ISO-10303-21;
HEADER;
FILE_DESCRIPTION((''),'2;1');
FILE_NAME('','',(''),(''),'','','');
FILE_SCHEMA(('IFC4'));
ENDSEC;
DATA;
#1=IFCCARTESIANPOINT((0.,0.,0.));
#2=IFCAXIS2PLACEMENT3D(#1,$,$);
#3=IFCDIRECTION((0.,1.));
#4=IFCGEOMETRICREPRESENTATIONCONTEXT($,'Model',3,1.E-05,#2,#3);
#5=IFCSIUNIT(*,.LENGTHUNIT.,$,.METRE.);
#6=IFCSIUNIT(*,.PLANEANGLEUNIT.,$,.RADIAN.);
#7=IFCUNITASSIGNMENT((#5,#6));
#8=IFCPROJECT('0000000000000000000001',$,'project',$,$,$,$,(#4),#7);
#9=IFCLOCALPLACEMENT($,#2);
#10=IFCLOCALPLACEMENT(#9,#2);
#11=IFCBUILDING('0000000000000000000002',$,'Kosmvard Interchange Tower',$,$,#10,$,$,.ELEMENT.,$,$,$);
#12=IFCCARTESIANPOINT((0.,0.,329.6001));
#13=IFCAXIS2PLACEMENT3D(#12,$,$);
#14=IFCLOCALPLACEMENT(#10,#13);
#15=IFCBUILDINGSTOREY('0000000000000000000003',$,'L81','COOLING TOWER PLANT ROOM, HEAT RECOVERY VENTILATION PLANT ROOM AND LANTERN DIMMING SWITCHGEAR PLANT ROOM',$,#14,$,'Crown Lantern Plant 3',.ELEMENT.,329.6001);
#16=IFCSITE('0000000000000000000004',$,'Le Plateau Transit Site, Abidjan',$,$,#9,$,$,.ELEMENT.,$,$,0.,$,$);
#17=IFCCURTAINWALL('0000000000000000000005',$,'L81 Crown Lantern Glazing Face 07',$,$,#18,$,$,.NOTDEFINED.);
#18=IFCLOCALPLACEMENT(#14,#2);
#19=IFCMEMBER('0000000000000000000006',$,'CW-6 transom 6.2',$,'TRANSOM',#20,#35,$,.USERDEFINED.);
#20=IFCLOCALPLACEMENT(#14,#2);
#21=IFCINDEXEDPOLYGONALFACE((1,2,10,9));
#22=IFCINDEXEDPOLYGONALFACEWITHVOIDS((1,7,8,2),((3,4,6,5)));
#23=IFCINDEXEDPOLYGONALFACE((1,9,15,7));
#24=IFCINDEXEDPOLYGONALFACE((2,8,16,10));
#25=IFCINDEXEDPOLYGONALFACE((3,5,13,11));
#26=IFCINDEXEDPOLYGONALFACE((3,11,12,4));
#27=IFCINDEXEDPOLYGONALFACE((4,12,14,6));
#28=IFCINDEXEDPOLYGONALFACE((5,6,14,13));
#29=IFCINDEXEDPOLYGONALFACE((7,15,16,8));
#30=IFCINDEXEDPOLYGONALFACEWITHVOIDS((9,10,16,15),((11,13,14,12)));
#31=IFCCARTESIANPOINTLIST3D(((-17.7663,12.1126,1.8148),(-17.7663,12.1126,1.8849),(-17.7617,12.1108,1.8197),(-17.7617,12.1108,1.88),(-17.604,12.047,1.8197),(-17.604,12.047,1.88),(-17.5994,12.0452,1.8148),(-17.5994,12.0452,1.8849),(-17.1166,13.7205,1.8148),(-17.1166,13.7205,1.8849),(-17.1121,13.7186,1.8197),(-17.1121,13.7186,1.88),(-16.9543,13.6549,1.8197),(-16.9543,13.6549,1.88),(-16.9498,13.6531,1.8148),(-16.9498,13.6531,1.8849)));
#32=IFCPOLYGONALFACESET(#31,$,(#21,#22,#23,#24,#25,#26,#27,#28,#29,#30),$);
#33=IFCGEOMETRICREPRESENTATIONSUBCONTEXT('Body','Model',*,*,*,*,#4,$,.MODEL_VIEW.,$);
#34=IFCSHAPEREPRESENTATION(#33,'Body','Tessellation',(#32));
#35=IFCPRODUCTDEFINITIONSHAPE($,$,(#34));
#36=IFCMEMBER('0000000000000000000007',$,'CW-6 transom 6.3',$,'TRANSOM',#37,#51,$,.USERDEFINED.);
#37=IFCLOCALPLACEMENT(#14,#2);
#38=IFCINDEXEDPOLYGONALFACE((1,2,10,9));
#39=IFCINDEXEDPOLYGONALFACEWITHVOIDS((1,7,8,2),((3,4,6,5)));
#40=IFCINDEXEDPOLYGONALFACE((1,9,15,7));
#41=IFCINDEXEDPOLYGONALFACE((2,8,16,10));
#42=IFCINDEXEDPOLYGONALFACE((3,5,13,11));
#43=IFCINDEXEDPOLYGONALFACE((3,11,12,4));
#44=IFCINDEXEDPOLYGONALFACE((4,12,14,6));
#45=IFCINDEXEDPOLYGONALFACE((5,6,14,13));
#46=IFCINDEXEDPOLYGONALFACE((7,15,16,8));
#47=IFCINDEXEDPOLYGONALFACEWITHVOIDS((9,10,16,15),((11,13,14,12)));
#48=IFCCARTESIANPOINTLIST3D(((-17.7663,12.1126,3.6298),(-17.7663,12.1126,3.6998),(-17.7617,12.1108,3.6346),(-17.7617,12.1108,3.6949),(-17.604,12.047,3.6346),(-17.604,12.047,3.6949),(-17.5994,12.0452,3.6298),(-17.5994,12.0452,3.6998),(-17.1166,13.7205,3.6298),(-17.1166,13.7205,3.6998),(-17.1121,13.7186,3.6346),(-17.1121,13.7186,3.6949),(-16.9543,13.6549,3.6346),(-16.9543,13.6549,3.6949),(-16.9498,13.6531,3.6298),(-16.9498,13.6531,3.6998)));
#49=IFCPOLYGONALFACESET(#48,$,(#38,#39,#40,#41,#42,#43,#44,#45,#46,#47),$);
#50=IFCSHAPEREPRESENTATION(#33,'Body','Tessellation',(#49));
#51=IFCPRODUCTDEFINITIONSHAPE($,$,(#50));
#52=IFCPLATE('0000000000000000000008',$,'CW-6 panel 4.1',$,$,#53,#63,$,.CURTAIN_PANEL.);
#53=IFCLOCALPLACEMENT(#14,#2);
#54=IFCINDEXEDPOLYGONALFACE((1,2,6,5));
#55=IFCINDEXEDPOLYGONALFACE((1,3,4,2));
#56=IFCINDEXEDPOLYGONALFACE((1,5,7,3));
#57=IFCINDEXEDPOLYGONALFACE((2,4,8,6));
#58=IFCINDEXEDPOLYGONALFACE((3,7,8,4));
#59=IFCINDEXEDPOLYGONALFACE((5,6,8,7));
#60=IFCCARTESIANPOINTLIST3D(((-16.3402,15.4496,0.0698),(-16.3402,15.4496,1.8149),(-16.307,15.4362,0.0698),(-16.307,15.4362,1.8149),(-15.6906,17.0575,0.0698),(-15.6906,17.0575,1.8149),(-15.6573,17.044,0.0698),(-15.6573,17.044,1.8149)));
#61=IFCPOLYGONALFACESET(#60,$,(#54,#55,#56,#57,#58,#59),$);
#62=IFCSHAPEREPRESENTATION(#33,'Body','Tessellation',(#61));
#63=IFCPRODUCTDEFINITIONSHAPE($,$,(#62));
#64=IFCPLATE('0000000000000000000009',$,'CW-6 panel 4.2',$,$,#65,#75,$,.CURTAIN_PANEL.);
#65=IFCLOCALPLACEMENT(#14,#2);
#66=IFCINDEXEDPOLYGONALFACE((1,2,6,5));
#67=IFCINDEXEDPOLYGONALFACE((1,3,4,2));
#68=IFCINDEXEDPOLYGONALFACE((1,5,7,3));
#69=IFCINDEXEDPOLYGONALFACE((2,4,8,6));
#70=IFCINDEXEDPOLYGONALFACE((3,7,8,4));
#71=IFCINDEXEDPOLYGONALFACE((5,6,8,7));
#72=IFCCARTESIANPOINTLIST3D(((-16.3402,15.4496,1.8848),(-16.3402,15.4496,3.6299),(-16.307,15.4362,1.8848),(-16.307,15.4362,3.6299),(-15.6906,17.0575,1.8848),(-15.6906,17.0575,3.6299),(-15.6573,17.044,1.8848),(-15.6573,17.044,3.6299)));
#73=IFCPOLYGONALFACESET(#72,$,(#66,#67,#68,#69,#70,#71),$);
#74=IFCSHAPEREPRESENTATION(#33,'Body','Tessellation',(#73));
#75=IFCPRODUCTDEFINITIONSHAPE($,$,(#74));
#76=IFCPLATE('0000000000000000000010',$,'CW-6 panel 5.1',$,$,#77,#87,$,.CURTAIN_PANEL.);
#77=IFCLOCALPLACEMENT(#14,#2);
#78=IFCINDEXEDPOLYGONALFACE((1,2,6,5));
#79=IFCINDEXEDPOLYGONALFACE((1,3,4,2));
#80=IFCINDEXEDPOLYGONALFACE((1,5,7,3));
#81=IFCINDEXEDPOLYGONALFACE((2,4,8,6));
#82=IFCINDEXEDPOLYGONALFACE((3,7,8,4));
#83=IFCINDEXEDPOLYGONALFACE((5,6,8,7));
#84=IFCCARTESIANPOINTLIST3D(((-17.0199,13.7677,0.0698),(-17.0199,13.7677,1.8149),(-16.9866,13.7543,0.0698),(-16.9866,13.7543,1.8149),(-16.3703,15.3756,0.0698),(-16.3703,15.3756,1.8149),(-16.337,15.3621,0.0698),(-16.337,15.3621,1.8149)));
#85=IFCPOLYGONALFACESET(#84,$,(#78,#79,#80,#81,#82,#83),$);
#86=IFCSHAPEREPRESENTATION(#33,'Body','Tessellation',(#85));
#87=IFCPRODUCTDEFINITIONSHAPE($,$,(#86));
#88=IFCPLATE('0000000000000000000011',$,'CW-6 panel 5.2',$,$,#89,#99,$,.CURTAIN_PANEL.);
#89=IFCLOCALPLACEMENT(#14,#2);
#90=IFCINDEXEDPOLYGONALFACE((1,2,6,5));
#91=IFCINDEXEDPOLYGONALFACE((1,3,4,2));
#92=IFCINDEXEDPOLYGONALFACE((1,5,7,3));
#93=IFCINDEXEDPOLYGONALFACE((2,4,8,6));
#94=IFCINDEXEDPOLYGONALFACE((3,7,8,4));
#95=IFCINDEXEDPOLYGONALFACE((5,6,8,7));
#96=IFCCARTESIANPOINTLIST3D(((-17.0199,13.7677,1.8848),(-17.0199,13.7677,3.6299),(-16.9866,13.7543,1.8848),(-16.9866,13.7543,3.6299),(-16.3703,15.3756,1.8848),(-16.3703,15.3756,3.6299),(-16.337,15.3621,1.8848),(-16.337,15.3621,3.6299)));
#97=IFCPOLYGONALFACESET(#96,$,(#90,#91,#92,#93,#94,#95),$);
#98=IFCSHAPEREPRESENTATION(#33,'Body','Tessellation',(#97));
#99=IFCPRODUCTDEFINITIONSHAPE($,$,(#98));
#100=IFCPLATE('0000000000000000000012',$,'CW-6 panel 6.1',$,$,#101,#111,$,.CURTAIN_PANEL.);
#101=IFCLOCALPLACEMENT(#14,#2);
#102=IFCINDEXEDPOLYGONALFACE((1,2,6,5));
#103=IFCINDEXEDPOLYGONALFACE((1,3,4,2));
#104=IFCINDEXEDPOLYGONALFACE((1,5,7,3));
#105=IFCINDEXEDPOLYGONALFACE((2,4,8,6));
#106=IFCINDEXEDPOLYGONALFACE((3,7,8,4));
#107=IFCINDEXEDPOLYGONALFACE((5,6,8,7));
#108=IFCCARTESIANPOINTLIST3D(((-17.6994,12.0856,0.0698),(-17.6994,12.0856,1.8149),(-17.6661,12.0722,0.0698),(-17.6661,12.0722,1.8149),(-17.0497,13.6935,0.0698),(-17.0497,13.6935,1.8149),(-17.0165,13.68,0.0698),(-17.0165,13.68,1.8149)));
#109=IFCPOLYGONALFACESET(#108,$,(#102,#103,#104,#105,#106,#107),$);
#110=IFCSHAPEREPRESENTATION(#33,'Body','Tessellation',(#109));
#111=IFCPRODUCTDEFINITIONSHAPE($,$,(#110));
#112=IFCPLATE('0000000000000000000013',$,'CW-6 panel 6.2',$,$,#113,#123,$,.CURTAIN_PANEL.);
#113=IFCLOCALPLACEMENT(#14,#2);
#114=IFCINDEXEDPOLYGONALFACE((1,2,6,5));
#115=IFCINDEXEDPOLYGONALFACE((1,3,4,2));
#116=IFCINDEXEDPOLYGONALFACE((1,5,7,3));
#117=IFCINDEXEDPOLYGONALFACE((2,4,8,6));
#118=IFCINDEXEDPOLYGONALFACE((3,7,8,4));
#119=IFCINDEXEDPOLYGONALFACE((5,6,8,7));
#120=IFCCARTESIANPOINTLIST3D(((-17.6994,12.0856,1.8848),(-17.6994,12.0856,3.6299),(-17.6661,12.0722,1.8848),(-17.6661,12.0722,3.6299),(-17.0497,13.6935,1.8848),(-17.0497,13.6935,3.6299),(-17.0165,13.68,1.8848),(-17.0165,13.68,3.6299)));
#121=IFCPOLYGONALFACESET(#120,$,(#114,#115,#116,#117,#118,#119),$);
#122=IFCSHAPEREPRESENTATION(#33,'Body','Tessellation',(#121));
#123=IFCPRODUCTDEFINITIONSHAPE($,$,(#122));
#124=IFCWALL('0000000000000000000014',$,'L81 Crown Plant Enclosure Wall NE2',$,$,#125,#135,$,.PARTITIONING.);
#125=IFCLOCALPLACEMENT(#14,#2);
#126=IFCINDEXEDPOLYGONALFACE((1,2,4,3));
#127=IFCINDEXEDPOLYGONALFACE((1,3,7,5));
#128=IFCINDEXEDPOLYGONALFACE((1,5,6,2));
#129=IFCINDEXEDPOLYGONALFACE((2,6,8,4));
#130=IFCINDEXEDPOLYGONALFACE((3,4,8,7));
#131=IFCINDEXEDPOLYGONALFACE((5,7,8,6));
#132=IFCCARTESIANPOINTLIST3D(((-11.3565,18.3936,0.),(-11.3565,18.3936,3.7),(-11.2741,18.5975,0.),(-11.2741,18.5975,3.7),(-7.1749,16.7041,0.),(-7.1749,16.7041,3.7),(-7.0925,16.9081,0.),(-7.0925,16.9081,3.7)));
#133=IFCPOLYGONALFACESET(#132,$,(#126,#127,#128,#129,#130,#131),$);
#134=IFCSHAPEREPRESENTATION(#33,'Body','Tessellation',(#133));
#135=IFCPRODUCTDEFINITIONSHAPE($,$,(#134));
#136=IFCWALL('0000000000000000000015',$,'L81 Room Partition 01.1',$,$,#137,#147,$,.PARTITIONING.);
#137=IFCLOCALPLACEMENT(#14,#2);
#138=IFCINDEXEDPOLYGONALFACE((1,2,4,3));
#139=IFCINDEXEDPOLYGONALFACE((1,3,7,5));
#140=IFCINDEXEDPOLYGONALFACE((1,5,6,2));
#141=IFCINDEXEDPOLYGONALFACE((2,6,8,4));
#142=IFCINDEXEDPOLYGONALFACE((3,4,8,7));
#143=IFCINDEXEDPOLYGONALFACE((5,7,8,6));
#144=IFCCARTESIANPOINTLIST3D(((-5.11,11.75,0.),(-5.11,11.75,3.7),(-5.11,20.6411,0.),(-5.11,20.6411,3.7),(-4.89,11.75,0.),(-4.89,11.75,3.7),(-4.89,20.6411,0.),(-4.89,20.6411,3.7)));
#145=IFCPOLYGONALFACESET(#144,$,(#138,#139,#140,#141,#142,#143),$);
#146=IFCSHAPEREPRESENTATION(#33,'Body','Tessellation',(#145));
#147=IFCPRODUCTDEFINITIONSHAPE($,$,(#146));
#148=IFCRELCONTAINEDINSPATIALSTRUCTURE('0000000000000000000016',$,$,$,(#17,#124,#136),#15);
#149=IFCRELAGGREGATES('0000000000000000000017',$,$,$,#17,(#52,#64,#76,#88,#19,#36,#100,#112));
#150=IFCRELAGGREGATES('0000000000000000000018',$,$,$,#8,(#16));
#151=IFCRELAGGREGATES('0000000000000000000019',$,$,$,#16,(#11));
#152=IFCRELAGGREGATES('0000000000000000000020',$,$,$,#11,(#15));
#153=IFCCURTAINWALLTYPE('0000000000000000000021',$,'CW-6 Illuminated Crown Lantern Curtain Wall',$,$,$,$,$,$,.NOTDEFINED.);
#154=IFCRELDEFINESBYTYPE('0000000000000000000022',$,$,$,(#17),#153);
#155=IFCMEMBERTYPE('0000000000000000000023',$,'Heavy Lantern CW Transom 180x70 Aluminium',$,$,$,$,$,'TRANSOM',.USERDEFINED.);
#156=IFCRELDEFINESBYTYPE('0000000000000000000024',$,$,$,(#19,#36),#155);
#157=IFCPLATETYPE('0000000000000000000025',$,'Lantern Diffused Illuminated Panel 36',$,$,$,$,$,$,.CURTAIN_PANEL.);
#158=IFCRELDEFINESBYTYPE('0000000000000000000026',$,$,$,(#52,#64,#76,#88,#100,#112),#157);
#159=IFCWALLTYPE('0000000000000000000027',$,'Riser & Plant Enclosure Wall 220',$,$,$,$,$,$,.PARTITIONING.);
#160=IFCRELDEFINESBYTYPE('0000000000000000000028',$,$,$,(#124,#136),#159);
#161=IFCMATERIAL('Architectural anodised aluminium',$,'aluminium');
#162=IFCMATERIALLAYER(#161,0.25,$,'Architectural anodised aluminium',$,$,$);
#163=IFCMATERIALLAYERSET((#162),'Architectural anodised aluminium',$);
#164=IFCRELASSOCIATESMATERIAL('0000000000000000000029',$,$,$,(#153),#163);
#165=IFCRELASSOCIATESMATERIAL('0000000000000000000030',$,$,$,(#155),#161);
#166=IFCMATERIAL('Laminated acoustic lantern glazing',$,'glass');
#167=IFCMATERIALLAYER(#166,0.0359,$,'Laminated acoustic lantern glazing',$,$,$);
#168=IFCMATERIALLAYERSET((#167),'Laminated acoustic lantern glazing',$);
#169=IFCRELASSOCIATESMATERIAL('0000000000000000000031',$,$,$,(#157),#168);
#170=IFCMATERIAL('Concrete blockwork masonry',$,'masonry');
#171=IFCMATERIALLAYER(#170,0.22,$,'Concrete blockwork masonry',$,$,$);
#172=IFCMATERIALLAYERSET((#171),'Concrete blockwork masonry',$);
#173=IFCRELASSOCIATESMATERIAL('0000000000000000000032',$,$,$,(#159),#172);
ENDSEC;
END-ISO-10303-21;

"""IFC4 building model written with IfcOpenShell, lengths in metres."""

from ifc_helpers import new_model, si_unit, direction, frame, frame_2d, origin, origin_2d, place, context, subcontext, project, spatial, rectangle, hollow_rectangle, extrude, source, transform, mapped, material, layer, layer_set, material_profile, profile_set, type_object, element, aggregate, save


model = new_model("IFC4")

# Units and contexts
model_context = context("Model", 3, precision=1e-05, world=origin(), true_north=direction((0.0, 1.0)))
body_context = subcontext(model_context, "Body", "Model", "MODEL_VIEW")
ifc_project = project(units=[si_unit("LENGTHUNIT", "METRE"), si_unit("PLANEANGLEUNIT", "RADIAN")], contexts=[model_context])

# Site, building, storey
site_placement = place(None, origin())
site = spatial("IfcSite", under=ifc_project, at=site_placement, Name="Le Plateau Transit Site, Abidjan", CompositionType="ELEMENT", RefElevation=0.0)
building_placement = place(site_placement, origin())
building = spatial("IfcBuilding", under=site, at=building_placement, Name="Kosmvard Interchange Tower", CompositionType="ELEMENT")
storey_placement = place(building_placement, frame((0.0, 0.0, 329.6001)))
storey = spatial("IfcBuildingStorey", under=building, at=storey_placement, Name="L81", Description="COOLING TOWER PLANT ROOM, HEAT RECOVERY VENTILATION PLANT ROOM AND LANTERN DIMMING SWITCHGEAR PLANT ROOM", LongName="Crown Lantern Plant 3", CompositionType="ELEMENT", Elevation=329.6001)

# Curtain wall, members, plates
ifc_material_1 = material(Name="Architectural anodised aluminium", Category="aluminium")
ifc_layer_1 = layer(ifc_material_1, 0.25, Name="Architectural anodised aluminium")
ifc_layer_set_1 = layer_set([ifc_layer_1], Name="Architectural anodised aluminium")
curtain_wall_type = type_object("IfcCurtainWallType", Name="CW-6 Illuminated Crown Lantern Curtain Wall", PredefinedType="NOTDEFINED", material=ifc_layer_set_1)
curtain_wall_placement = place(storey_placement, origin())
curtain_wall = element("IfcCurtainWall", 1, at=curtain_wall_placement, inside=storey, type_object=curtain_wall_type, Name="L81 Crown Lantern Glazing Face 07", PredefinedType="NOTDEFINED")
ifc_material_profile_1 = material_profile(ifc_material_1, hollow_rectangle(XDim=0.1799, YDim=0.0701, WallThickness=0.0049, at=origin_2d()), Name="CWT 180x70x5")
ifc_profile_set_1 = profile_set([ifc_material_profile_1], Name="Architectural anodised aluminium")
member_type_1 = type_object("IfcMemberType", Name="Heavy Lantern CW Transom 180x70 Aluminium", ElementType="TRANSOM", PredefinedType="USERDEFINED", material=ifc_profile_set_1)
shared_shape_1 = source(origin(), body_context, "Body", "SweptSolid", [
    extrude(hollow_rectangle(XDim=0.1799, YDim=0.0701, WallThickness=0.0049, at=origin_2d()), origin(), (0.0, 0.0, 1.0), 1.7341),
])
member_1_placement = place(storey_placement, frame((-17.0332, 13.6868, 1.8499), z_axis=(-0.374617, -0.92718, 0.0), x_axis=(0.92718, -0.374617, 0.0)))
member_1 = element("IfcMember", 2, at=member_1_placement, type_object=member_type_1, Name="CW-6 transom 6.2", ObjectType="TRANSOM", PredefinedType="USERDEFINED", context=body_context, shape_type="MappedRepresentation", body=[
    mapped(shared_shape_1, transform((0.0, 0.0, 0.0), scale=1.0)),
])
member_2_placement = place(storey_placement, frame((-17.0332, 13.6868, 3.6648), z_axis=(-0.374617, -0.92718, 0.0), x_axis=(0.92718, -0.374617, 0.0)))
member_2 = element("IfcMember", 3, at=member_2_placement, type_object=member_type_1, Name="CW-6 transom 6.3", ObjectType="TRANSOM", PredefinedType="USERDEFINED", context=body_context, shape_type="MappedRepresentation", body=[
    mapped(shared_shape_1, transform((0.0, 0.0, 0.0), scale=1.0)),
])
ifc_material_2 = material(Name="Laminated acoustic lantern glazing", Category="glass")
ifc_layer_2 = layer(ifc_material_2, 0.0359, Name="Laminated acoustic lantern glazing")
ifc_layer_set_2 = layer_set([ifc_layer_2], Name="Laminated acoustic lantern glazing")
plate_type = type_object("IfcPlateType", Name="Lantern Diffused Illuminated Panel 36", PredefinedType="CURTAIN_PANEL", material=ifc_layer_set_2)
shared_shape_2 = source(origin(), body_context, "Body", "SweptSolid", [
    extrude(rectangle(XDim=1.7341, YDim=0.0359, at=origin_2d()), origin(), (0.0, 0.0, 1.0), 1.7451),
])
plate_1_placement = place(storey_placement, frame((-15.9988, 16.2468, 0.0698), z_axis=(0.0, 0.0, 1.0), x_axis=(-0.374607, -0.927184, 0.0)))
plate_1 = element("IfcPlate", 4, at=plate_1_placement, type_object=plate_type, Name="CW-6 panel 4.1", PredefinedType="CURTAIN_PANEL", context=body_context, shape_type="MappedRepresentation", body=[
    mapped(shared_shape_2, transform((0.0, 0.0, 0.0), scale=1.0)),
])
plate_2_placement = place(storey_placement, frame((-15.9988, 16.2468, 1.8848), z_axis=(0.0, 0.0, 1.0), x_axis=(-0.374607, -0.927184, 0.0)))
plate_2 = element("IfcPlate", 5, at=plate_2_placement, type_object=plate_type, Name="CW-6 panel 4.2", PredefinedType="CURTAIN_PANEL", context=body_context, shape_type="MappedRepresentation", body=[
    mapped(shared_shape_2, transform((0.0, 0.0, 0.0), scale=1.0)),
])
plate_3_placement = place(storey_placement, frame((-16.6785, 14.5649, 0.0698), z_axis=(0.0, 0.0, 1.0), x_axis=(-0.374607, -0.927184, 0.0)))
plate_3 = element("IfcPlate", 6, at=plate_3_placement, type_object=plate_type, Name="CW-6 panel 5.1", PredefinedType="CURTAIN_PANEL", context=body_context, shape_type="MappedRepresentation", body=[
    mapped(shared_shape_2, transform((0.0, 0.0, 0.0), scale=1.0)),
])
plate_4_placement = place(storey_placement, frame((-16.6785, 14.5649, 1.8848), z_axis=(0.0, 0.0, 1.0), x_axis=(-0.374607, -0.927184, 0.0)))
plate_4 = element("IfcPlate", 7, at=plate_4_placement, type_object=plate_type, Name="CW-6 panel 5.2", PredefinedType="CURTAIN_PANEL", context=body_context, shape_type="MappedRepresentation", body=[
    mapped(shared_shape_2, transform((0.0, 0.0, 0.0), scale=1.0)),
])
plate_5_placement = place(storey_placement, frame((-17.3579, 12.8828, 0.0698), z_axis=(0.0, 0.0, 1.0), x_axis=(-0.374607, -0.927184, 0.0)))
plate_5 = element("IfcPlate", 8, at=plate_5_placement, type_object=plate_type, Name="CW-6 panel 6.1", PredefinedType="CURTAIN_PANEL", context=body_context, shape_type="MappedRepresentation", body=[
    mapped(shared_shape_2, transform((0.0, 0.0, 0.0), scale=1.0)),
])
plate_6_placement = place(storey_placement, frame((-17.3579, 12.8828, 1.8848), z_axis=(0.0, 0.0, 1.0), x_axis=(-0.374607, -0.927184, 0.0)))
plate_6 = element("IfcPlate", 9, at=plate_6_placement, type_object=plate_type, Name="CW-6 panel 6.2", PredefinedType="CURTAIN_PANEL", context=body_context, shape_type="MappedRepresentation", body=[
    mapped(shared_shape_2, transform((0.0, 0.0, 0.0), scale=1.0)),
])
aggregate(curtain_wall, [plate_1, plate_2, plate_3, plate_4, member_1, member_2, plate_5, plate_6])

# Walls
ifc_material_3 = material(Name="Concrete blockwork masonry", Category="masonry")
ifc_layer_3 = layer(ifc_material_3, 0.22, Name="Concrete blockwork masonry")
ifc_layer_set_3 = layer_set([ifc_layer_3], Name="Concrete blockwork masonry")
wall_type = type_object("IfcWallType", Name="Riser & Plant Enclosure Wall 220", PredefinedType="PARTITIONING", material=ifc_layer_set_3)
wall_1_placement = place(storey_placement, frame((-7.1338, 16.8062, 0.0), z_axis=(0.0, 0.0, 1.0), x_axis=(-0.927187, 0.374599, 0.0)))
element("IfcWall", 10, at=wall_1_placement, inside=storey, type_object=wall_type, Name="L81 Crown Plant Enclosure Wall NE2", PredefinedType="PARTITIONING", context=body_context, shape_type="SweptSolid", body=[
    extrude(rectangle(XDim=4.51, YDim=0.22, at=frame_2d((2.2549, 0.0))), origin(), (0.0, 0.0, 1.0), 3.7),
])
wall_2_placement = place(storey_placement, frame((-5.0, 11.75, 0.0), z_axis=(0.0, 0.0, 1.0), x_axis=(0.0, 1.0, 0.0)))
element("IfcWall", 11, at=wall_2_placement, inside=storey, type_object=wall_type, Name="L81 Room Partition 01.1", PredefinedType="PARTITIONING", context=body_context, shape_type="SweptSolid", body=[
    extrude(rectangle(XDim=8.8911, YDim=0.22, at=frame_2d((4.4456, 0.0))), origin(), (0.0, 0.0, 1.0), 3.7),
])

save(model, "model.ifc")
